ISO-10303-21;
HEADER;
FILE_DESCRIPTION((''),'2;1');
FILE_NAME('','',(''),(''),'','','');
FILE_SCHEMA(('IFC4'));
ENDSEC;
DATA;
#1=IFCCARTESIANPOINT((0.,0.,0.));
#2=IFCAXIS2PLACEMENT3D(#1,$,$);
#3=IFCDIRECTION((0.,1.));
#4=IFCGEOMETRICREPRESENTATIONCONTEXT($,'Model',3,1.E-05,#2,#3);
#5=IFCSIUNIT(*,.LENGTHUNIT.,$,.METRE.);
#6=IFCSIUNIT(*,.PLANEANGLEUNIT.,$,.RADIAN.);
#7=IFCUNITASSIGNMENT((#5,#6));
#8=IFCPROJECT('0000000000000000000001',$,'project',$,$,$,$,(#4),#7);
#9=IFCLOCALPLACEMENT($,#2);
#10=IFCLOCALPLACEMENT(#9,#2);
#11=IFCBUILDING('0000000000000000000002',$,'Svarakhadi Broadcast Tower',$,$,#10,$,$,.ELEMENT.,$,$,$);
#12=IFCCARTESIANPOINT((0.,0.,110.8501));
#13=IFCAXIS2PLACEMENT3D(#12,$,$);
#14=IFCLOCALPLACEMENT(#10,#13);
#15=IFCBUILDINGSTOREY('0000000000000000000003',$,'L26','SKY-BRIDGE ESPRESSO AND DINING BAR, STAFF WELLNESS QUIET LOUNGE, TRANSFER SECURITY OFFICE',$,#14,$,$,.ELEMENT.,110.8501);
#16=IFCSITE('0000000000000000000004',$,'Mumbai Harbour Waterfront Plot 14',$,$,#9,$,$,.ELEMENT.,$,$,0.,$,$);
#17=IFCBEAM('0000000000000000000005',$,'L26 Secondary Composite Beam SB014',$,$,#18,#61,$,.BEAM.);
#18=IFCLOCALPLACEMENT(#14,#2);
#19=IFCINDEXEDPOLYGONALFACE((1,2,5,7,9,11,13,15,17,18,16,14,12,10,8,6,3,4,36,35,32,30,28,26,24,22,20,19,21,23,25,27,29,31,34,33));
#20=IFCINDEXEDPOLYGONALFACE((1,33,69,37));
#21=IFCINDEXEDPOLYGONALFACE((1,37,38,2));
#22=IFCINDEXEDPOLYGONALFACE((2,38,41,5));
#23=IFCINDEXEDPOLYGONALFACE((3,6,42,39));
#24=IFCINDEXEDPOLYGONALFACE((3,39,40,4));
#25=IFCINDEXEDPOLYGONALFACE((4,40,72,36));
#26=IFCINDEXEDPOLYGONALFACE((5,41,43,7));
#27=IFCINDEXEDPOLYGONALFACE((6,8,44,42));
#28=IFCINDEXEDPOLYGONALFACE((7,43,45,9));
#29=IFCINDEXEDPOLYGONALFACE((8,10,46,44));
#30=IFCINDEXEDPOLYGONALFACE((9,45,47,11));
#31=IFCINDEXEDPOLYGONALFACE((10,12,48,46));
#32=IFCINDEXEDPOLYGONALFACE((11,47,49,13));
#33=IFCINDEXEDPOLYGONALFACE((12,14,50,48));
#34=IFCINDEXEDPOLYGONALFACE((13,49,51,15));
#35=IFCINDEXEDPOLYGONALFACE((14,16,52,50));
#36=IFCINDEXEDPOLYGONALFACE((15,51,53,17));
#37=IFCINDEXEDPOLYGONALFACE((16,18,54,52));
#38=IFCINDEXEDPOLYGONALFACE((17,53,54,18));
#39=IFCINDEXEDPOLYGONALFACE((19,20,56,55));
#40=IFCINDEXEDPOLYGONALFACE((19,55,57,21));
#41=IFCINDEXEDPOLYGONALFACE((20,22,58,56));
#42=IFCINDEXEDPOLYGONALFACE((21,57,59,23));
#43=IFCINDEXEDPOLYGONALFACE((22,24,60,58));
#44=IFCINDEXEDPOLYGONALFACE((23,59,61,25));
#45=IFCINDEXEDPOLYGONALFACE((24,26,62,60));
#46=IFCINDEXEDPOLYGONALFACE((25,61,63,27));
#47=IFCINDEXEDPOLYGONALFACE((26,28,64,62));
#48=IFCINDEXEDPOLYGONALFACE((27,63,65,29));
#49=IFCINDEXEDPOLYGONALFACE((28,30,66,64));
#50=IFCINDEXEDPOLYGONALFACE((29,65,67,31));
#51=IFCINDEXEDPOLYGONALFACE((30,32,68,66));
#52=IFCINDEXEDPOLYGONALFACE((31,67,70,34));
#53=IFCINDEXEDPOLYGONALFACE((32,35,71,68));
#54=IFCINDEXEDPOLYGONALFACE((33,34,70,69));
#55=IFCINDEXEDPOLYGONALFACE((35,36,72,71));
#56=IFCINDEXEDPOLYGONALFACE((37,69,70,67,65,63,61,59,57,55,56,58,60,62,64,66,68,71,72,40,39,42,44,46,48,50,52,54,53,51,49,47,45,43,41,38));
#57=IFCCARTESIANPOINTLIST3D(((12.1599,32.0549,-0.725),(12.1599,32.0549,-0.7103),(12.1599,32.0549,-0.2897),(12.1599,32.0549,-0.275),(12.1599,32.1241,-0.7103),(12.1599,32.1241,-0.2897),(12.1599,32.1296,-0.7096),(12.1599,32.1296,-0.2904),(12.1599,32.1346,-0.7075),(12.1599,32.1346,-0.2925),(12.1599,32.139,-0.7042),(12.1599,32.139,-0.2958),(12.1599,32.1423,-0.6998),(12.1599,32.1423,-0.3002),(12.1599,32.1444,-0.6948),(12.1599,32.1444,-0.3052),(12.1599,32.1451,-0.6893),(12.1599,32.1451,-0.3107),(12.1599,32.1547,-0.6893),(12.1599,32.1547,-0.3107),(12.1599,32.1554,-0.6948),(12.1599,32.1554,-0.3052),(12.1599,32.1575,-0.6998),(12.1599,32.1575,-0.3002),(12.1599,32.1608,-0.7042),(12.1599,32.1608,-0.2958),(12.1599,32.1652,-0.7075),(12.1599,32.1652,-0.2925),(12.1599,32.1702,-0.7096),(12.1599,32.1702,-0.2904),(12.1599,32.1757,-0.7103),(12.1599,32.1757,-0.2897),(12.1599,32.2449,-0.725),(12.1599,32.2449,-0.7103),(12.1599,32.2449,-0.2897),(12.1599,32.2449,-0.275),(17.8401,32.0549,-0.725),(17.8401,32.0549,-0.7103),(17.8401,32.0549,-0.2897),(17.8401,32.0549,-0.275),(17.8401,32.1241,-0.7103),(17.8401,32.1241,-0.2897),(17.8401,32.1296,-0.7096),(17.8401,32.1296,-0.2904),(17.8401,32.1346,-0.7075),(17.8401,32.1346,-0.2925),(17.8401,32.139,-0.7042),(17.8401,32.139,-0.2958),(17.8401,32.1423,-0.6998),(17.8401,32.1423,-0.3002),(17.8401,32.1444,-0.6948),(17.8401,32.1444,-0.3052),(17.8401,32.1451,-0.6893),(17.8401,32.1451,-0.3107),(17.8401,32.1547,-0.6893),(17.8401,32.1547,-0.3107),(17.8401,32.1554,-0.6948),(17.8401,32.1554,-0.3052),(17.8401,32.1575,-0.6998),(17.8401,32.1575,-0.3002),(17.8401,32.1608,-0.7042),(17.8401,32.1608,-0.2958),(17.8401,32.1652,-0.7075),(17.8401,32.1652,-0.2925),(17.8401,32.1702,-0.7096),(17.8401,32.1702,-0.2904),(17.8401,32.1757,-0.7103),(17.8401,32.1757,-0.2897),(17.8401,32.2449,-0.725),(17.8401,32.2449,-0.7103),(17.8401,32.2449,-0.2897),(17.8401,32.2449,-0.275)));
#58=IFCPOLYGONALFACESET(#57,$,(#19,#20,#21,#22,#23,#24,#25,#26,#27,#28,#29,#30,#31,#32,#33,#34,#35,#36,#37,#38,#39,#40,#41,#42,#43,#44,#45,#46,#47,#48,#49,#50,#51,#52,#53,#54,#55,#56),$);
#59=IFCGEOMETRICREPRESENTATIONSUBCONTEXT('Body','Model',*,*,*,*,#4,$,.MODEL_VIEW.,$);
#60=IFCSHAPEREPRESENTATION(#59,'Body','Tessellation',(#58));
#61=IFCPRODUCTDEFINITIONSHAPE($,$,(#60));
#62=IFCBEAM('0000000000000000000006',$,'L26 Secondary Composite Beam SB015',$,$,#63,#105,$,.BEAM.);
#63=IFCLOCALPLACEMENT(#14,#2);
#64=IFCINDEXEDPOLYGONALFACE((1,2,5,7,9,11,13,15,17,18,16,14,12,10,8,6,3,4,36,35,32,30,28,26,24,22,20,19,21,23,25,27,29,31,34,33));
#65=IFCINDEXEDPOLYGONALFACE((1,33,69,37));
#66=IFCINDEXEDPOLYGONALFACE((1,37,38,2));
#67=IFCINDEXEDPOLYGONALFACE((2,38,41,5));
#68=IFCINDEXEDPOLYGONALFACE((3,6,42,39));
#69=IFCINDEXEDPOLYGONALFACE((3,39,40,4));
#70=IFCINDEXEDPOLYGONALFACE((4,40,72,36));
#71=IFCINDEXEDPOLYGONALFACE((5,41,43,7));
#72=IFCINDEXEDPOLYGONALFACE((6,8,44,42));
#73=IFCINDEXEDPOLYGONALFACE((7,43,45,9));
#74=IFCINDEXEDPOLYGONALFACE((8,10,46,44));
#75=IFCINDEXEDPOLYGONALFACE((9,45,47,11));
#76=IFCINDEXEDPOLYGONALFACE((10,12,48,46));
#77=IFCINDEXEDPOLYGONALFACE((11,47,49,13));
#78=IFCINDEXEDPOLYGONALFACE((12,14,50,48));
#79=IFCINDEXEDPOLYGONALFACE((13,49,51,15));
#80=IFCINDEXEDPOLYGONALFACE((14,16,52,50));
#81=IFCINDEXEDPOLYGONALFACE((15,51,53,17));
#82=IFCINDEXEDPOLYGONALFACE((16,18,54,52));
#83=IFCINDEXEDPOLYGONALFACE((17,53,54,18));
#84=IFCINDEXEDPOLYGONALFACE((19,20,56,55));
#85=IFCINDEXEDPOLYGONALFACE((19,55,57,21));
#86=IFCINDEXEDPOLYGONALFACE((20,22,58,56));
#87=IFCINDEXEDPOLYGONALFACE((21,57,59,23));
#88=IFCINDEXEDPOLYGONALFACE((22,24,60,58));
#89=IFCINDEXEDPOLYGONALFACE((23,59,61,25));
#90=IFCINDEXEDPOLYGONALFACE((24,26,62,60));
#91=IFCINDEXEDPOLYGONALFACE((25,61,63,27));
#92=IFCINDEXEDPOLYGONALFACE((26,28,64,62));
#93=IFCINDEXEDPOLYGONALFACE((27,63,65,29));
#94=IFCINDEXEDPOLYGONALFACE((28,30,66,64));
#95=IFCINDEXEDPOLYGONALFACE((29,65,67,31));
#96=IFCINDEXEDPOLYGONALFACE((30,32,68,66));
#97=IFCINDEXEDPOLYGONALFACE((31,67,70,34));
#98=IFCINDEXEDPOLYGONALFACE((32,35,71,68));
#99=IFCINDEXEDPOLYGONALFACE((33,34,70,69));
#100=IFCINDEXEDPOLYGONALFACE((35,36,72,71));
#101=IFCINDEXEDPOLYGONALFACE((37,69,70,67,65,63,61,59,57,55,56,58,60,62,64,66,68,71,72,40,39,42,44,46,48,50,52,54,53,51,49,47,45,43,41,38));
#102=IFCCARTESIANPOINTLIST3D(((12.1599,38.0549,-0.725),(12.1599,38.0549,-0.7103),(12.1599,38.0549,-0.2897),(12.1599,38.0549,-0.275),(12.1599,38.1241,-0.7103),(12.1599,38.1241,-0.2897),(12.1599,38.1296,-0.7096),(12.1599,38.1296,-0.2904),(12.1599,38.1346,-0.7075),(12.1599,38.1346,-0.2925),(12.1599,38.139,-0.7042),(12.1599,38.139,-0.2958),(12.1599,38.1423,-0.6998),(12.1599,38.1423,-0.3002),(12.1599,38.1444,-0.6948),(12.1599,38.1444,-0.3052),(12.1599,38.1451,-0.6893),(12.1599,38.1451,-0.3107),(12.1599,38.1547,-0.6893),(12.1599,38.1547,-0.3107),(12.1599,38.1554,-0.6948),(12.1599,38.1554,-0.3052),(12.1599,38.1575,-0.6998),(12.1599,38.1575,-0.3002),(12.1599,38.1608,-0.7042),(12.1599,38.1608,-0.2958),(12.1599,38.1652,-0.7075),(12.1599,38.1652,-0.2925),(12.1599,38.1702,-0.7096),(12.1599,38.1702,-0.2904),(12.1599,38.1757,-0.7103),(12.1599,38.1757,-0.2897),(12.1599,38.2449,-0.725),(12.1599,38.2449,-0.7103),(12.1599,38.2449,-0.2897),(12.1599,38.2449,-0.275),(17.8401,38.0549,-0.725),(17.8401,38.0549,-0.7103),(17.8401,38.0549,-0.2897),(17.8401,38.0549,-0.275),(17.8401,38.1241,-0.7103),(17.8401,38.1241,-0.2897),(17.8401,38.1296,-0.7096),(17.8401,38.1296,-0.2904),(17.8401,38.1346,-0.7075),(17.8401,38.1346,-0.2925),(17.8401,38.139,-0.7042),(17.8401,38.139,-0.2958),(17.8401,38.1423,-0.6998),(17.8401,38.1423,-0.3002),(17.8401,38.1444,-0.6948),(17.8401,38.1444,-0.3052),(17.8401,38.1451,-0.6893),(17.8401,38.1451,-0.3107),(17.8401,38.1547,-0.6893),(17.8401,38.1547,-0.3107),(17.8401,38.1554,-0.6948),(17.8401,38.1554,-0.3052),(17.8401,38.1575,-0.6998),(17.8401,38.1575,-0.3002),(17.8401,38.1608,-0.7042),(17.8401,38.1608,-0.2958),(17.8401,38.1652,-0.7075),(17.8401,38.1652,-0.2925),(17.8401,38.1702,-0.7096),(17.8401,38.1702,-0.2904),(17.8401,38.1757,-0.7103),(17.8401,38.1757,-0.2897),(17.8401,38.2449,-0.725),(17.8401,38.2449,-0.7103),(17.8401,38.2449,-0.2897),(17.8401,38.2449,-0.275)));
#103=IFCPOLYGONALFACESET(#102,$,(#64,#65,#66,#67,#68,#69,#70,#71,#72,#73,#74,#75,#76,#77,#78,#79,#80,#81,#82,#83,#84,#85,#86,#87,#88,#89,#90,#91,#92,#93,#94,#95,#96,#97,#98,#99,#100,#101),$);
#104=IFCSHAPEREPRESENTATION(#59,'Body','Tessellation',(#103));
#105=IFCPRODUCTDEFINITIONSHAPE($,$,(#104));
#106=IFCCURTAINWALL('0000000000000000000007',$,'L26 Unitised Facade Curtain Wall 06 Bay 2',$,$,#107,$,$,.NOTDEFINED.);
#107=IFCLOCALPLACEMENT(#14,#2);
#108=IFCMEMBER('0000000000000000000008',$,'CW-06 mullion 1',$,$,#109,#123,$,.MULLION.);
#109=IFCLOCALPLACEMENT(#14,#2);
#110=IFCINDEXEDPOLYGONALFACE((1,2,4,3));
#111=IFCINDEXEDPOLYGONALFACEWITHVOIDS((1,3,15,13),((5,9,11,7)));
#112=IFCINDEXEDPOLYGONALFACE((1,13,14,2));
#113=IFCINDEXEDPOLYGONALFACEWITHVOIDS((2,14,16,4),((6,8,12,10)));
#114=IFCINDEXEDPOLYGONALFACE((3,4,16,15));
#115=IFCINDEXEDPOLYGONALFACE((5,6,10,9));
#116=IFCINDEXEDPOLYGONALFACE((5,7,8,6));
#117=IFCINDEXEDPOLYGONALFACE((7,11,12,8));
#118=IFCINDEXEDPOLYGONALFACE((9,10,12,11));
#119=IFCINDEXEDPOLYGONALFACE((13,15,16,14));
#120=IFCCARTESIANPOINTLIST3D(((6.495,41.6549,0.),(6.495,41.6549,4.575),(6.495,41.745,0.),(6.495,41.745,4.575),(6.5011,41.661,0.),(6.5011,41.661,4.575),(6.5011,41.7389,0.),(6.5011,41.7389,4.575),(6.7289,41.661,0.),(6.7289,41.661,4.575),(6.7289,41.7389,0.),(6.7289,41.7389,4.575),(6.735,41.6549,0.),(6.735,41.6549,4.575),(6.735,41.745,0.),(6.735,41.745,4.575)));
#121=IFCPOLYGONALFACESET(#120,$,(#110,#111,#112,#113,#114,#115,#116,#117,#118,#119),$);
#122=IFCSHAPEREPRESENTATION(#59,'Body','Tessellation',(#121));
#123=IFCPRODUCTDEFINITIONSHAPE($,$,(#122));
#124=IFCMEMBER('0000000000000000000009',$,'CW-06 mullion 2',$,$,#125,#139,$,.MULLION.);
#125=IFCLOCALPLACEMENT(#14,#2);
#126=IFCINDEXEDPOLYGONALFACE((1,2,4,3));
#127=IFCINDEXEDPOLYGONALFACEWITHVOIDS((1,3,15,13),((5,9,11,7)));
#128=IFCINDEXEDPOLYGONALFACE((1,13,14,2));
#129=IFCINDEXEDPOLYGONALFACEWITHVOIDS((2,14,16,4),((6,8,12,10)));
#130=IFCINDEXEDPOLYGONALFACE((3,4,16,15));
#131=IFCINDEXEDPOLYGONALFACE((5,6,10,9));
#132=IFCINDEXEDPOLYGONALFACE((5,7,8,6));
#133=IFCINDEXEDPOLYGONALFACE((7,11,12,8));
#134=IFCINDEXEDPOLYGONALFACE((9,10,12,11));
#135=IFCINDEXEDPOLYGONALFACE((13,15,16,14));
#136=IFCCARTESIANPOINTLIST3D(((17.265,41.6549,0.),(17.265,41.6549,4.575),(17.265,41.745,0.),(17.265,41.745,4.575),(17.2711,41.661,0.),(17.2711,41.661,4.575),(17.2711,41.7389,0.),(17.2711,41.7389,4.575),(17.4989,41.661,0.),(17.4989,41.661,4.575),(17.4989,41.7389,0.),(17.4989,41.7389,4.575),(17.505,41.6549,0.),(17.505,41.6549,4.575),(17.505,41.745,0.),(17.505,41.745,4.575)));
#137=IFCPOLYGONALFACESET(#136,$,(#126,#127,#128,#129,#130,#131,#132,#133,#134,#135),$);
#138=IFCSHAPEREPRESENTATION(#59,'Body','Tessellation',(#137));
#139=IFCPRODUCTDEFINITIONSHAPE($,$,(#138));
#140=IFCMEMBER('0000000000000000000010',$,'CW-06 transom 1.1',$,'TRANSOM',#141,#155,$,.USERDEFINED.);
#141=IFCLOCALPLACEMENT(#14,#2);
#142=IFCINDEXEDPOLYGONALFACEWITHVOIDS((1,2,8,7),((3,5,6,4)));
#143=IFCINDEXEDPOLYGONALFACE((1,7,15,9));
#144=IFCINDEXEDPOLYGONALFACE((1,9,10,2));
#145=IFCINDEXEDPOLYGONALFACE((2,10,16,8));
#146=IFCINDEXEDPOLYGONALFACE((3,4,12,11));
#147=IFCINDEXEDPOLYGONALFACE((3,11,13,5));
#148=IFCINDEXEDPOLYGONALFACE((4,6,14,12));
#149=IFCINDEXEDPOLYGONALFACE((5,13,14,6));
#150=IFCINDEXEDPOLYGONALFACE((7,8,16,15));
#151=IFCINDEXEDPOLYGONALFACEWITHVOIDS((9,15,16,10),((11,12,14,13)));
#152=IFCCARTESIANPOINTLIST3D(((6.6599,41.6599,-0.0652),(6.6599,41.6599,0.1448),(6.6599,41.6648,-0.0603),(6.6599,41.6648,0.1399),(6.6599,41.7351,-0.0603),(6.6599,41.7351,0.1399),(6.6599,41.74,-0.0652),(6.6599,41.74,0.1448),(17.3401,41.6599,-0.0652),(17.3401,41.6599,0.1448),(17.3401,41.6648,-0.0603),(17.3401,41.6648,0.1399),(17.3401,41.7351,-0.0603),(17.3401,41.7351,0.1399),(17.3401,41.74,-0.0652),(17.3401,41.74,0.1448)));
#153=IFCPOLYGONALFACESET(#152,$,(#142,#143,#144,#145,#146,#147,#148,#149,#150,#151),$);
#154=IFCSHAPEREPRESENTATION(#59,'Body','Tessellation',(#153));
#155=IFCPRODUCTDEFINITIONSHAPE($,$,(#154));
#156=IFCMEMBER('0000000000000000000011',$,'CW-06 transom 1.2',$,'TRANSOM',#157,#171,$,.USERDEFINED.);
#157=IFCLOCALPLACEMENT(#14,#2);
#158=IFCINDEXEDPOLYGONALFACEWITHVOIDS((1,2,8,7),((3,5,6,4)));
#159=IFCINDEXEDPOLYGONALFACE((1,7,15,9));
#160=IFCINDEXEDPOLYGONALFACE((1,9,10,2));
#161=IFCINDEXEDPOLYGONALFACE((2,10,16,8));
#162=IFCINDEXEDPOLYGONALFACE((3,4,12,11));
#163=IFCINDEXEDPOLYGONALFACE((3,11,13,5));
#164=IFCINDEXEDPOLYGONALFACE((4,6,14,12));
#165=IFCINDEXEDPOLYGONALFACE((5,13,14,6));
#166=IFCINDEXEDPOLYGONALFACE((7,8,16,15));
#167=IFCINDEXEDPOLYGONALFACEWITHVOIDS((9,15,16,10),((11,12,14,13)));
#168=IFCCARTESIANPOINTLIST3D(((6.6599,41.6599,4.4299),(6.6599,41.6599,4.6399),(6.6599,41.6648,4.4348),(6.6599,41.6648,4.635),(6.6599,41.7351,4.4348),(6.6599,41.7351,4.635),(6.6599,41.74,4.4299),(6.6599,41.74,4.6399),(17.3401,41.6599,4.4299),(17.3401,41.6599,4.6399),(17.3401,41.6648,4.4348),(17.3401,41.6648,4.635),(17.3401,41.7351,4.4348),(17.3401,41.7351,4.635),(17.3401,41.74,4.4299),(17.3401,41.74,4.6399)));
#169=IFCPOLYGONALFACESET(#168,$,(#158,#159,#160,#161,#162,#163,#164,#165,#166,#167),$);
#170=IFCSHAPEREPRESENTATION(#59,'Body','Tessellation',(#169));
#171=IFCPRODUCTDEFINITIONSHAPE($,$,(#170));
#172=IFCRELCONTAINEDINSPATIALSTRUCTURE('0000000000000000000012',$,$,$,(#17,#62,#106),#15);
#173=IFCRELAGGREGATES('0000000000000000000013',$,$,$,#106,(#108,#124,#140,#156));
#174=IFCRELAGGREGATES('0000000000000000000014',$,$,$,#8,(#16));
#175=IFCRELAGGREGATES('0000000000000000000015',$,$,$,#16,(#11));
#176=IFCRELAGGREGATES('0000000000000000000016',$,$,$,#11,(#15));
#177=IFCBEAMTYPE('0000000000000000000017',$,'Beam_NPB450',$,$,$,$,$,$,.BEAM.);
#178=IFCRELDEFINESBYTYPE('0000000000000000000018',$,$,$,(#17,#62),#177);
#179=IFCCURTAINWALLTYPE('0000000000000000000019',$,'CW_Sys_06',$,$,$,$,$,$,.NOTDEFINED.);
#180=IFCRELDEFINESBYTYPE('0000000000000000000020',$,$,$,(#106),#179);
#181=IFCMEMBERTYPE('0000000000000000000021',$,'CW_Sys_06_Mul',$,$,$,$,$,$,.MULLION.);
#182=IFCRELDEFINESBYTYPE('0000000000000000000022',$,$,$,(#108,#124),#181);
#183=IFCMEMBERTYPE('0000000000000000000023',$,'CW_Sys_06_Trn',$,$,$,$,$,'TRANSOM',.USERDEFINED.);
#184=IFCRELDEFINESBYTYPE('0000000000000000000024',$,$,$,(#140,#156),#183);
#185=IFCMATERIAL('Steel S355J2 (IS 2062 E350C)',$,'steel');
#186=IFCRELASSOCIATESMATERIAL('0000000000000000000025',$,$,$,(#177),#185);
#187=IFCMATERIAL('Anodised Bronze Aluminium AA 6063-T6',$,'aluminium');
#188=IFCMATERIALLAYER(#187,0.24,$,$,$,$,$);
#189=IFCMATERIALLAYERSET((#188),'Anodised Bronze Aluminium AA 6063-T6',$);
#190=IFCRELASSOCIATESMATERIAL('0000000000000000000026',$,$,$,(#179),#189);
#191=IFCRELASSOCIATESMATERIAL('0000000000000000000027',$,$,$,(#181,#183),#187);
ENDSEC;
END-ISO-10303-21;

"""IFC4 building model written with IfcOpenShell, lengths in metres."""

from ifc_helpers import new_model, si_unit, direction, frame, origin, origin_2d, place, context, subcontext, project, spatial, hollow_rectangle, i_section, extrude, material, layer, layer_set, material_profile, profile_set, type_object, element, aggregate, save


model = new_model("IFC4")

# Units and contexts
model_context = context("Model", 3, precision=1e-05, world=origin(), true_north=direction((0.0, 1.0)))
body_context = subcontext(model_context, "Body", "Model", "MODEL_VIEW")
ifc_project = project(units=[si_unit("LENGTHUNIT", "METRE"), si_unit("PLANEANGLEUNIT", "RADIAN")], contexts=[model_context])

# Site, building, storey
site_placement = place(None, origin())
site = spatial("IfcSite", under=ifc_project, at=site_placement, Name="Mumbai Harbour Waterfront Plot 14", CompositionType="ELEMENT", RefElevation=0.0)
building_placement = place(site_placement, origin())
building = spatial("IfcBuilding", under=site, at=building_placement, Name="Svarakhadi Broadcast Tower", CompositionType="ELEMENT")
storey_placement = place(building_placement, frame((0.0, 0.0, 110.8501)))
storey = spatial("IfcBuildingStorey", under=building, at=storey_placement, Name="L26", Description="SKY-BRIDGE ESPRESSO AND DINING BAR, STAFF WELLNESS QUIET LOUNGE, TRANSFER SECURITY OFFICE", CompositionType="ELEMENT", Elevation=110.8501)

# Beams
ifc_material_1 = material(Name="Steel S355J2 (IS 2062 E350C)", Category="steel")
ifc_material_profile_1 = material_profile(ifc_material_1, i_section(OverallWidth=0.1899, OverallDepth=0.45, WebThickness=0.0095, FlangeThickness=0.0146, FilletRadius=0.021, at=origin_2d()), Name="NPB 450x190x78")
ifc_profile_set_1 = profile_set([ifc_material_profile_1], Name="Steel S355J2 (IS 2062 E350C)")
beam_type_1 = type_object("IfcBeamType", Name="Beam_NPB450", PredefinedType="BEAM", material=ifc_profile_set_1)
for number, where, z_axis, x_axis, name in (
    (1, (12.1599, 32.1499, -0.5), (1.0, 0.0, 0.0), (0.0, 1.0, 0.0), "L26 Secondary Composite Beam SB014"),
    (2, (12.1599, 38.1499, -0.5), (1.0, 0.0, 0.0), (0.0, 1.0, 0.0), "L26 Secondary Composite Beam SB015"),
):
    element("IfcBeam", number, at=place(storey_placement, frame(where, z_axis=z_axis, x_axis=x_axis)), inside=storey, type_object=beam_type_1, Name=name, PredefinedType="BEAM", context=body_context, shape_type="SweptSolid", body=[
        extrude(i_section(OverallWidth=0.1899, OverallDepth=0.45, WebThickness=0.0095, FlangeThickness=0.0146, FilletRadius=0.021, at=origin_2d()), origin(), (0.0, 0.0, 1.0), 5.6802),
    ])

# Curtain wall, members
ifc_material_2 = material(Name="Anodised Bronze Aluminium AA 6063-T6", Category="aluminium")
ifc_layer_1 = layer(ifc_material_2, 0.24)
ifc_layer_set_1 = layer_set([ifc_layer_1], Name="Anodised Bronze Aluminium AA 6063-T6")
curtain_wall_type = type_object("IfcCurtainWallType", Name="CW_Sys_06", PredefinedType="NOTDEFINED", material=ifc_layer_set_1)
curtain_wall_placement = place(storey_placement, origin())
curtain_wall = element("IfcCurtainWall", 3, at=curtain_wall_placement, inside=storey, type_object=curtain_wall_type, Name="L26 Unitised Facade Curtain Wall 06 Bay 2", PredefinedType="NOTDEFINED")
ifc_material_profile_2 = material_profile(ifc_material_2, hollow_rectangle(XDim=0.0901, YDim=0.24, WallThickness=0.0061, at=origin_2d()), Name="ALU MULLION 240x90x6")
ifc_profile_set_2 = profile_set([ifc_material_profile_2], Name="Anodised Bronze Aluminium AA 6063-T6")
member_type_1 = type_object("IfcMemberType", Name="CW_Sys_06_Mul", PredefinedType="MULLION", material=ifc_profile_set_2)
member_1_placement = place(storey_placement, frame((6.615, 41.7, 0.0), z_axis=(0.0, 0.0, 1.0), x_axis=(0.0, 1.0, 0.0)))
member_1 = element("IfcMember", 4, at=member_1_placement, type_object=member_type_1, Name="CW-06 mullion 1", PredefinedType="MULLION", context=body_context, shape_type="SweptSolid", body=[
    extrude(hollow_rectangle(XDim=0.0901, YDim=0.24, WallThickness=0.0061, at=origin_2d()), origin(), (0.0, 0.0, 1.0), 4.575),
])
member_2_placement = place(storey_placement, frame((17.385, 41.7, 0.0), z_axis=(0.0, 0.0, 1.0), x_axis=(0.0, 1.0, 0.0)))
member_2 = element("IfcMember", 5, at=member_2_placement, type_object=member_type_1, Name="CW-06 mullion 2", PredefinedType="MULLION", context=body_context, shape_type="SweptSolid", body=[
    extrude(hollow_rectangle(XDim=0.0901, YDim=0.24, WallThickness=0.0061, at=origin_2d()), origin(), (0.0, 0.0, 1.0), 4.575),
])
ifc_material_profile_3 = material_profile(ifc_material_2, hollow_rectangle(XDim=0.0801, YDim=0.21, WallThickness=0.0049, at=origin_2d()), Name="ALU TRANSOM 210x80x5")
ifc_profile_set_3 = profile_set([ifc_material_profile_3], Name="Anodised Bronze Aluminium AA 6063-T6")
member_type_2 = type_object("IfcMemberType", Name="CW_Sys_06_Trn", ElementType="TRANSOM", PredefinedType="USERDEFINED", material=ifc_profile_set_3)
member_3_placement = place(storey_placement, frame((6.6599, 41.7, 0.0398), z_axis=(1.0, 0.0, 0.0), x_axis=(0.0, 1.0, 0.0)))
member_3 = element("IfcMember", 6, at=member_3_placement, type_object=member_type_2, Name="CW-06 transom 1.1", ObjectType="TRANSOM", PredefinedType="USERDEFINED", context=body_context, shape_type="SweptSolid", body=[
    extrude(hollow_rectangle(XDim=0.0801, YDim=0.21, WallThickness=0.0049, at=origin_2d()), origin(), (0.0, 0.0, 1.0), 10.6802),
])
member_4_placement = place(storey_placement, frame((6.6599, 41.7, 4.5349), z_axis=(1.0, 0.0, 0.0), x_axis=(0.0, 1.0, 0.0)))
member_4 = element("IfcMember", 7, at=member_4_placement, type_object=member_type_2, Name="CW-06 transom 1.2", ObjectType="TRANSOM", PredefinedType="USERDEFINED", context=body_context, shape_type="SweptSolid", body=[
    extrude(hollow_rectangle(XDim=0.0801, YDim=0.21, WallThickness=0.0049, at=origin_2d()), origin(), (0.0, 0.0, 1.0), 10.6802),
])

aggregate(curtain_wall, [member_1, member_2, member_3, member_4])

save(model, "model.ifc")
